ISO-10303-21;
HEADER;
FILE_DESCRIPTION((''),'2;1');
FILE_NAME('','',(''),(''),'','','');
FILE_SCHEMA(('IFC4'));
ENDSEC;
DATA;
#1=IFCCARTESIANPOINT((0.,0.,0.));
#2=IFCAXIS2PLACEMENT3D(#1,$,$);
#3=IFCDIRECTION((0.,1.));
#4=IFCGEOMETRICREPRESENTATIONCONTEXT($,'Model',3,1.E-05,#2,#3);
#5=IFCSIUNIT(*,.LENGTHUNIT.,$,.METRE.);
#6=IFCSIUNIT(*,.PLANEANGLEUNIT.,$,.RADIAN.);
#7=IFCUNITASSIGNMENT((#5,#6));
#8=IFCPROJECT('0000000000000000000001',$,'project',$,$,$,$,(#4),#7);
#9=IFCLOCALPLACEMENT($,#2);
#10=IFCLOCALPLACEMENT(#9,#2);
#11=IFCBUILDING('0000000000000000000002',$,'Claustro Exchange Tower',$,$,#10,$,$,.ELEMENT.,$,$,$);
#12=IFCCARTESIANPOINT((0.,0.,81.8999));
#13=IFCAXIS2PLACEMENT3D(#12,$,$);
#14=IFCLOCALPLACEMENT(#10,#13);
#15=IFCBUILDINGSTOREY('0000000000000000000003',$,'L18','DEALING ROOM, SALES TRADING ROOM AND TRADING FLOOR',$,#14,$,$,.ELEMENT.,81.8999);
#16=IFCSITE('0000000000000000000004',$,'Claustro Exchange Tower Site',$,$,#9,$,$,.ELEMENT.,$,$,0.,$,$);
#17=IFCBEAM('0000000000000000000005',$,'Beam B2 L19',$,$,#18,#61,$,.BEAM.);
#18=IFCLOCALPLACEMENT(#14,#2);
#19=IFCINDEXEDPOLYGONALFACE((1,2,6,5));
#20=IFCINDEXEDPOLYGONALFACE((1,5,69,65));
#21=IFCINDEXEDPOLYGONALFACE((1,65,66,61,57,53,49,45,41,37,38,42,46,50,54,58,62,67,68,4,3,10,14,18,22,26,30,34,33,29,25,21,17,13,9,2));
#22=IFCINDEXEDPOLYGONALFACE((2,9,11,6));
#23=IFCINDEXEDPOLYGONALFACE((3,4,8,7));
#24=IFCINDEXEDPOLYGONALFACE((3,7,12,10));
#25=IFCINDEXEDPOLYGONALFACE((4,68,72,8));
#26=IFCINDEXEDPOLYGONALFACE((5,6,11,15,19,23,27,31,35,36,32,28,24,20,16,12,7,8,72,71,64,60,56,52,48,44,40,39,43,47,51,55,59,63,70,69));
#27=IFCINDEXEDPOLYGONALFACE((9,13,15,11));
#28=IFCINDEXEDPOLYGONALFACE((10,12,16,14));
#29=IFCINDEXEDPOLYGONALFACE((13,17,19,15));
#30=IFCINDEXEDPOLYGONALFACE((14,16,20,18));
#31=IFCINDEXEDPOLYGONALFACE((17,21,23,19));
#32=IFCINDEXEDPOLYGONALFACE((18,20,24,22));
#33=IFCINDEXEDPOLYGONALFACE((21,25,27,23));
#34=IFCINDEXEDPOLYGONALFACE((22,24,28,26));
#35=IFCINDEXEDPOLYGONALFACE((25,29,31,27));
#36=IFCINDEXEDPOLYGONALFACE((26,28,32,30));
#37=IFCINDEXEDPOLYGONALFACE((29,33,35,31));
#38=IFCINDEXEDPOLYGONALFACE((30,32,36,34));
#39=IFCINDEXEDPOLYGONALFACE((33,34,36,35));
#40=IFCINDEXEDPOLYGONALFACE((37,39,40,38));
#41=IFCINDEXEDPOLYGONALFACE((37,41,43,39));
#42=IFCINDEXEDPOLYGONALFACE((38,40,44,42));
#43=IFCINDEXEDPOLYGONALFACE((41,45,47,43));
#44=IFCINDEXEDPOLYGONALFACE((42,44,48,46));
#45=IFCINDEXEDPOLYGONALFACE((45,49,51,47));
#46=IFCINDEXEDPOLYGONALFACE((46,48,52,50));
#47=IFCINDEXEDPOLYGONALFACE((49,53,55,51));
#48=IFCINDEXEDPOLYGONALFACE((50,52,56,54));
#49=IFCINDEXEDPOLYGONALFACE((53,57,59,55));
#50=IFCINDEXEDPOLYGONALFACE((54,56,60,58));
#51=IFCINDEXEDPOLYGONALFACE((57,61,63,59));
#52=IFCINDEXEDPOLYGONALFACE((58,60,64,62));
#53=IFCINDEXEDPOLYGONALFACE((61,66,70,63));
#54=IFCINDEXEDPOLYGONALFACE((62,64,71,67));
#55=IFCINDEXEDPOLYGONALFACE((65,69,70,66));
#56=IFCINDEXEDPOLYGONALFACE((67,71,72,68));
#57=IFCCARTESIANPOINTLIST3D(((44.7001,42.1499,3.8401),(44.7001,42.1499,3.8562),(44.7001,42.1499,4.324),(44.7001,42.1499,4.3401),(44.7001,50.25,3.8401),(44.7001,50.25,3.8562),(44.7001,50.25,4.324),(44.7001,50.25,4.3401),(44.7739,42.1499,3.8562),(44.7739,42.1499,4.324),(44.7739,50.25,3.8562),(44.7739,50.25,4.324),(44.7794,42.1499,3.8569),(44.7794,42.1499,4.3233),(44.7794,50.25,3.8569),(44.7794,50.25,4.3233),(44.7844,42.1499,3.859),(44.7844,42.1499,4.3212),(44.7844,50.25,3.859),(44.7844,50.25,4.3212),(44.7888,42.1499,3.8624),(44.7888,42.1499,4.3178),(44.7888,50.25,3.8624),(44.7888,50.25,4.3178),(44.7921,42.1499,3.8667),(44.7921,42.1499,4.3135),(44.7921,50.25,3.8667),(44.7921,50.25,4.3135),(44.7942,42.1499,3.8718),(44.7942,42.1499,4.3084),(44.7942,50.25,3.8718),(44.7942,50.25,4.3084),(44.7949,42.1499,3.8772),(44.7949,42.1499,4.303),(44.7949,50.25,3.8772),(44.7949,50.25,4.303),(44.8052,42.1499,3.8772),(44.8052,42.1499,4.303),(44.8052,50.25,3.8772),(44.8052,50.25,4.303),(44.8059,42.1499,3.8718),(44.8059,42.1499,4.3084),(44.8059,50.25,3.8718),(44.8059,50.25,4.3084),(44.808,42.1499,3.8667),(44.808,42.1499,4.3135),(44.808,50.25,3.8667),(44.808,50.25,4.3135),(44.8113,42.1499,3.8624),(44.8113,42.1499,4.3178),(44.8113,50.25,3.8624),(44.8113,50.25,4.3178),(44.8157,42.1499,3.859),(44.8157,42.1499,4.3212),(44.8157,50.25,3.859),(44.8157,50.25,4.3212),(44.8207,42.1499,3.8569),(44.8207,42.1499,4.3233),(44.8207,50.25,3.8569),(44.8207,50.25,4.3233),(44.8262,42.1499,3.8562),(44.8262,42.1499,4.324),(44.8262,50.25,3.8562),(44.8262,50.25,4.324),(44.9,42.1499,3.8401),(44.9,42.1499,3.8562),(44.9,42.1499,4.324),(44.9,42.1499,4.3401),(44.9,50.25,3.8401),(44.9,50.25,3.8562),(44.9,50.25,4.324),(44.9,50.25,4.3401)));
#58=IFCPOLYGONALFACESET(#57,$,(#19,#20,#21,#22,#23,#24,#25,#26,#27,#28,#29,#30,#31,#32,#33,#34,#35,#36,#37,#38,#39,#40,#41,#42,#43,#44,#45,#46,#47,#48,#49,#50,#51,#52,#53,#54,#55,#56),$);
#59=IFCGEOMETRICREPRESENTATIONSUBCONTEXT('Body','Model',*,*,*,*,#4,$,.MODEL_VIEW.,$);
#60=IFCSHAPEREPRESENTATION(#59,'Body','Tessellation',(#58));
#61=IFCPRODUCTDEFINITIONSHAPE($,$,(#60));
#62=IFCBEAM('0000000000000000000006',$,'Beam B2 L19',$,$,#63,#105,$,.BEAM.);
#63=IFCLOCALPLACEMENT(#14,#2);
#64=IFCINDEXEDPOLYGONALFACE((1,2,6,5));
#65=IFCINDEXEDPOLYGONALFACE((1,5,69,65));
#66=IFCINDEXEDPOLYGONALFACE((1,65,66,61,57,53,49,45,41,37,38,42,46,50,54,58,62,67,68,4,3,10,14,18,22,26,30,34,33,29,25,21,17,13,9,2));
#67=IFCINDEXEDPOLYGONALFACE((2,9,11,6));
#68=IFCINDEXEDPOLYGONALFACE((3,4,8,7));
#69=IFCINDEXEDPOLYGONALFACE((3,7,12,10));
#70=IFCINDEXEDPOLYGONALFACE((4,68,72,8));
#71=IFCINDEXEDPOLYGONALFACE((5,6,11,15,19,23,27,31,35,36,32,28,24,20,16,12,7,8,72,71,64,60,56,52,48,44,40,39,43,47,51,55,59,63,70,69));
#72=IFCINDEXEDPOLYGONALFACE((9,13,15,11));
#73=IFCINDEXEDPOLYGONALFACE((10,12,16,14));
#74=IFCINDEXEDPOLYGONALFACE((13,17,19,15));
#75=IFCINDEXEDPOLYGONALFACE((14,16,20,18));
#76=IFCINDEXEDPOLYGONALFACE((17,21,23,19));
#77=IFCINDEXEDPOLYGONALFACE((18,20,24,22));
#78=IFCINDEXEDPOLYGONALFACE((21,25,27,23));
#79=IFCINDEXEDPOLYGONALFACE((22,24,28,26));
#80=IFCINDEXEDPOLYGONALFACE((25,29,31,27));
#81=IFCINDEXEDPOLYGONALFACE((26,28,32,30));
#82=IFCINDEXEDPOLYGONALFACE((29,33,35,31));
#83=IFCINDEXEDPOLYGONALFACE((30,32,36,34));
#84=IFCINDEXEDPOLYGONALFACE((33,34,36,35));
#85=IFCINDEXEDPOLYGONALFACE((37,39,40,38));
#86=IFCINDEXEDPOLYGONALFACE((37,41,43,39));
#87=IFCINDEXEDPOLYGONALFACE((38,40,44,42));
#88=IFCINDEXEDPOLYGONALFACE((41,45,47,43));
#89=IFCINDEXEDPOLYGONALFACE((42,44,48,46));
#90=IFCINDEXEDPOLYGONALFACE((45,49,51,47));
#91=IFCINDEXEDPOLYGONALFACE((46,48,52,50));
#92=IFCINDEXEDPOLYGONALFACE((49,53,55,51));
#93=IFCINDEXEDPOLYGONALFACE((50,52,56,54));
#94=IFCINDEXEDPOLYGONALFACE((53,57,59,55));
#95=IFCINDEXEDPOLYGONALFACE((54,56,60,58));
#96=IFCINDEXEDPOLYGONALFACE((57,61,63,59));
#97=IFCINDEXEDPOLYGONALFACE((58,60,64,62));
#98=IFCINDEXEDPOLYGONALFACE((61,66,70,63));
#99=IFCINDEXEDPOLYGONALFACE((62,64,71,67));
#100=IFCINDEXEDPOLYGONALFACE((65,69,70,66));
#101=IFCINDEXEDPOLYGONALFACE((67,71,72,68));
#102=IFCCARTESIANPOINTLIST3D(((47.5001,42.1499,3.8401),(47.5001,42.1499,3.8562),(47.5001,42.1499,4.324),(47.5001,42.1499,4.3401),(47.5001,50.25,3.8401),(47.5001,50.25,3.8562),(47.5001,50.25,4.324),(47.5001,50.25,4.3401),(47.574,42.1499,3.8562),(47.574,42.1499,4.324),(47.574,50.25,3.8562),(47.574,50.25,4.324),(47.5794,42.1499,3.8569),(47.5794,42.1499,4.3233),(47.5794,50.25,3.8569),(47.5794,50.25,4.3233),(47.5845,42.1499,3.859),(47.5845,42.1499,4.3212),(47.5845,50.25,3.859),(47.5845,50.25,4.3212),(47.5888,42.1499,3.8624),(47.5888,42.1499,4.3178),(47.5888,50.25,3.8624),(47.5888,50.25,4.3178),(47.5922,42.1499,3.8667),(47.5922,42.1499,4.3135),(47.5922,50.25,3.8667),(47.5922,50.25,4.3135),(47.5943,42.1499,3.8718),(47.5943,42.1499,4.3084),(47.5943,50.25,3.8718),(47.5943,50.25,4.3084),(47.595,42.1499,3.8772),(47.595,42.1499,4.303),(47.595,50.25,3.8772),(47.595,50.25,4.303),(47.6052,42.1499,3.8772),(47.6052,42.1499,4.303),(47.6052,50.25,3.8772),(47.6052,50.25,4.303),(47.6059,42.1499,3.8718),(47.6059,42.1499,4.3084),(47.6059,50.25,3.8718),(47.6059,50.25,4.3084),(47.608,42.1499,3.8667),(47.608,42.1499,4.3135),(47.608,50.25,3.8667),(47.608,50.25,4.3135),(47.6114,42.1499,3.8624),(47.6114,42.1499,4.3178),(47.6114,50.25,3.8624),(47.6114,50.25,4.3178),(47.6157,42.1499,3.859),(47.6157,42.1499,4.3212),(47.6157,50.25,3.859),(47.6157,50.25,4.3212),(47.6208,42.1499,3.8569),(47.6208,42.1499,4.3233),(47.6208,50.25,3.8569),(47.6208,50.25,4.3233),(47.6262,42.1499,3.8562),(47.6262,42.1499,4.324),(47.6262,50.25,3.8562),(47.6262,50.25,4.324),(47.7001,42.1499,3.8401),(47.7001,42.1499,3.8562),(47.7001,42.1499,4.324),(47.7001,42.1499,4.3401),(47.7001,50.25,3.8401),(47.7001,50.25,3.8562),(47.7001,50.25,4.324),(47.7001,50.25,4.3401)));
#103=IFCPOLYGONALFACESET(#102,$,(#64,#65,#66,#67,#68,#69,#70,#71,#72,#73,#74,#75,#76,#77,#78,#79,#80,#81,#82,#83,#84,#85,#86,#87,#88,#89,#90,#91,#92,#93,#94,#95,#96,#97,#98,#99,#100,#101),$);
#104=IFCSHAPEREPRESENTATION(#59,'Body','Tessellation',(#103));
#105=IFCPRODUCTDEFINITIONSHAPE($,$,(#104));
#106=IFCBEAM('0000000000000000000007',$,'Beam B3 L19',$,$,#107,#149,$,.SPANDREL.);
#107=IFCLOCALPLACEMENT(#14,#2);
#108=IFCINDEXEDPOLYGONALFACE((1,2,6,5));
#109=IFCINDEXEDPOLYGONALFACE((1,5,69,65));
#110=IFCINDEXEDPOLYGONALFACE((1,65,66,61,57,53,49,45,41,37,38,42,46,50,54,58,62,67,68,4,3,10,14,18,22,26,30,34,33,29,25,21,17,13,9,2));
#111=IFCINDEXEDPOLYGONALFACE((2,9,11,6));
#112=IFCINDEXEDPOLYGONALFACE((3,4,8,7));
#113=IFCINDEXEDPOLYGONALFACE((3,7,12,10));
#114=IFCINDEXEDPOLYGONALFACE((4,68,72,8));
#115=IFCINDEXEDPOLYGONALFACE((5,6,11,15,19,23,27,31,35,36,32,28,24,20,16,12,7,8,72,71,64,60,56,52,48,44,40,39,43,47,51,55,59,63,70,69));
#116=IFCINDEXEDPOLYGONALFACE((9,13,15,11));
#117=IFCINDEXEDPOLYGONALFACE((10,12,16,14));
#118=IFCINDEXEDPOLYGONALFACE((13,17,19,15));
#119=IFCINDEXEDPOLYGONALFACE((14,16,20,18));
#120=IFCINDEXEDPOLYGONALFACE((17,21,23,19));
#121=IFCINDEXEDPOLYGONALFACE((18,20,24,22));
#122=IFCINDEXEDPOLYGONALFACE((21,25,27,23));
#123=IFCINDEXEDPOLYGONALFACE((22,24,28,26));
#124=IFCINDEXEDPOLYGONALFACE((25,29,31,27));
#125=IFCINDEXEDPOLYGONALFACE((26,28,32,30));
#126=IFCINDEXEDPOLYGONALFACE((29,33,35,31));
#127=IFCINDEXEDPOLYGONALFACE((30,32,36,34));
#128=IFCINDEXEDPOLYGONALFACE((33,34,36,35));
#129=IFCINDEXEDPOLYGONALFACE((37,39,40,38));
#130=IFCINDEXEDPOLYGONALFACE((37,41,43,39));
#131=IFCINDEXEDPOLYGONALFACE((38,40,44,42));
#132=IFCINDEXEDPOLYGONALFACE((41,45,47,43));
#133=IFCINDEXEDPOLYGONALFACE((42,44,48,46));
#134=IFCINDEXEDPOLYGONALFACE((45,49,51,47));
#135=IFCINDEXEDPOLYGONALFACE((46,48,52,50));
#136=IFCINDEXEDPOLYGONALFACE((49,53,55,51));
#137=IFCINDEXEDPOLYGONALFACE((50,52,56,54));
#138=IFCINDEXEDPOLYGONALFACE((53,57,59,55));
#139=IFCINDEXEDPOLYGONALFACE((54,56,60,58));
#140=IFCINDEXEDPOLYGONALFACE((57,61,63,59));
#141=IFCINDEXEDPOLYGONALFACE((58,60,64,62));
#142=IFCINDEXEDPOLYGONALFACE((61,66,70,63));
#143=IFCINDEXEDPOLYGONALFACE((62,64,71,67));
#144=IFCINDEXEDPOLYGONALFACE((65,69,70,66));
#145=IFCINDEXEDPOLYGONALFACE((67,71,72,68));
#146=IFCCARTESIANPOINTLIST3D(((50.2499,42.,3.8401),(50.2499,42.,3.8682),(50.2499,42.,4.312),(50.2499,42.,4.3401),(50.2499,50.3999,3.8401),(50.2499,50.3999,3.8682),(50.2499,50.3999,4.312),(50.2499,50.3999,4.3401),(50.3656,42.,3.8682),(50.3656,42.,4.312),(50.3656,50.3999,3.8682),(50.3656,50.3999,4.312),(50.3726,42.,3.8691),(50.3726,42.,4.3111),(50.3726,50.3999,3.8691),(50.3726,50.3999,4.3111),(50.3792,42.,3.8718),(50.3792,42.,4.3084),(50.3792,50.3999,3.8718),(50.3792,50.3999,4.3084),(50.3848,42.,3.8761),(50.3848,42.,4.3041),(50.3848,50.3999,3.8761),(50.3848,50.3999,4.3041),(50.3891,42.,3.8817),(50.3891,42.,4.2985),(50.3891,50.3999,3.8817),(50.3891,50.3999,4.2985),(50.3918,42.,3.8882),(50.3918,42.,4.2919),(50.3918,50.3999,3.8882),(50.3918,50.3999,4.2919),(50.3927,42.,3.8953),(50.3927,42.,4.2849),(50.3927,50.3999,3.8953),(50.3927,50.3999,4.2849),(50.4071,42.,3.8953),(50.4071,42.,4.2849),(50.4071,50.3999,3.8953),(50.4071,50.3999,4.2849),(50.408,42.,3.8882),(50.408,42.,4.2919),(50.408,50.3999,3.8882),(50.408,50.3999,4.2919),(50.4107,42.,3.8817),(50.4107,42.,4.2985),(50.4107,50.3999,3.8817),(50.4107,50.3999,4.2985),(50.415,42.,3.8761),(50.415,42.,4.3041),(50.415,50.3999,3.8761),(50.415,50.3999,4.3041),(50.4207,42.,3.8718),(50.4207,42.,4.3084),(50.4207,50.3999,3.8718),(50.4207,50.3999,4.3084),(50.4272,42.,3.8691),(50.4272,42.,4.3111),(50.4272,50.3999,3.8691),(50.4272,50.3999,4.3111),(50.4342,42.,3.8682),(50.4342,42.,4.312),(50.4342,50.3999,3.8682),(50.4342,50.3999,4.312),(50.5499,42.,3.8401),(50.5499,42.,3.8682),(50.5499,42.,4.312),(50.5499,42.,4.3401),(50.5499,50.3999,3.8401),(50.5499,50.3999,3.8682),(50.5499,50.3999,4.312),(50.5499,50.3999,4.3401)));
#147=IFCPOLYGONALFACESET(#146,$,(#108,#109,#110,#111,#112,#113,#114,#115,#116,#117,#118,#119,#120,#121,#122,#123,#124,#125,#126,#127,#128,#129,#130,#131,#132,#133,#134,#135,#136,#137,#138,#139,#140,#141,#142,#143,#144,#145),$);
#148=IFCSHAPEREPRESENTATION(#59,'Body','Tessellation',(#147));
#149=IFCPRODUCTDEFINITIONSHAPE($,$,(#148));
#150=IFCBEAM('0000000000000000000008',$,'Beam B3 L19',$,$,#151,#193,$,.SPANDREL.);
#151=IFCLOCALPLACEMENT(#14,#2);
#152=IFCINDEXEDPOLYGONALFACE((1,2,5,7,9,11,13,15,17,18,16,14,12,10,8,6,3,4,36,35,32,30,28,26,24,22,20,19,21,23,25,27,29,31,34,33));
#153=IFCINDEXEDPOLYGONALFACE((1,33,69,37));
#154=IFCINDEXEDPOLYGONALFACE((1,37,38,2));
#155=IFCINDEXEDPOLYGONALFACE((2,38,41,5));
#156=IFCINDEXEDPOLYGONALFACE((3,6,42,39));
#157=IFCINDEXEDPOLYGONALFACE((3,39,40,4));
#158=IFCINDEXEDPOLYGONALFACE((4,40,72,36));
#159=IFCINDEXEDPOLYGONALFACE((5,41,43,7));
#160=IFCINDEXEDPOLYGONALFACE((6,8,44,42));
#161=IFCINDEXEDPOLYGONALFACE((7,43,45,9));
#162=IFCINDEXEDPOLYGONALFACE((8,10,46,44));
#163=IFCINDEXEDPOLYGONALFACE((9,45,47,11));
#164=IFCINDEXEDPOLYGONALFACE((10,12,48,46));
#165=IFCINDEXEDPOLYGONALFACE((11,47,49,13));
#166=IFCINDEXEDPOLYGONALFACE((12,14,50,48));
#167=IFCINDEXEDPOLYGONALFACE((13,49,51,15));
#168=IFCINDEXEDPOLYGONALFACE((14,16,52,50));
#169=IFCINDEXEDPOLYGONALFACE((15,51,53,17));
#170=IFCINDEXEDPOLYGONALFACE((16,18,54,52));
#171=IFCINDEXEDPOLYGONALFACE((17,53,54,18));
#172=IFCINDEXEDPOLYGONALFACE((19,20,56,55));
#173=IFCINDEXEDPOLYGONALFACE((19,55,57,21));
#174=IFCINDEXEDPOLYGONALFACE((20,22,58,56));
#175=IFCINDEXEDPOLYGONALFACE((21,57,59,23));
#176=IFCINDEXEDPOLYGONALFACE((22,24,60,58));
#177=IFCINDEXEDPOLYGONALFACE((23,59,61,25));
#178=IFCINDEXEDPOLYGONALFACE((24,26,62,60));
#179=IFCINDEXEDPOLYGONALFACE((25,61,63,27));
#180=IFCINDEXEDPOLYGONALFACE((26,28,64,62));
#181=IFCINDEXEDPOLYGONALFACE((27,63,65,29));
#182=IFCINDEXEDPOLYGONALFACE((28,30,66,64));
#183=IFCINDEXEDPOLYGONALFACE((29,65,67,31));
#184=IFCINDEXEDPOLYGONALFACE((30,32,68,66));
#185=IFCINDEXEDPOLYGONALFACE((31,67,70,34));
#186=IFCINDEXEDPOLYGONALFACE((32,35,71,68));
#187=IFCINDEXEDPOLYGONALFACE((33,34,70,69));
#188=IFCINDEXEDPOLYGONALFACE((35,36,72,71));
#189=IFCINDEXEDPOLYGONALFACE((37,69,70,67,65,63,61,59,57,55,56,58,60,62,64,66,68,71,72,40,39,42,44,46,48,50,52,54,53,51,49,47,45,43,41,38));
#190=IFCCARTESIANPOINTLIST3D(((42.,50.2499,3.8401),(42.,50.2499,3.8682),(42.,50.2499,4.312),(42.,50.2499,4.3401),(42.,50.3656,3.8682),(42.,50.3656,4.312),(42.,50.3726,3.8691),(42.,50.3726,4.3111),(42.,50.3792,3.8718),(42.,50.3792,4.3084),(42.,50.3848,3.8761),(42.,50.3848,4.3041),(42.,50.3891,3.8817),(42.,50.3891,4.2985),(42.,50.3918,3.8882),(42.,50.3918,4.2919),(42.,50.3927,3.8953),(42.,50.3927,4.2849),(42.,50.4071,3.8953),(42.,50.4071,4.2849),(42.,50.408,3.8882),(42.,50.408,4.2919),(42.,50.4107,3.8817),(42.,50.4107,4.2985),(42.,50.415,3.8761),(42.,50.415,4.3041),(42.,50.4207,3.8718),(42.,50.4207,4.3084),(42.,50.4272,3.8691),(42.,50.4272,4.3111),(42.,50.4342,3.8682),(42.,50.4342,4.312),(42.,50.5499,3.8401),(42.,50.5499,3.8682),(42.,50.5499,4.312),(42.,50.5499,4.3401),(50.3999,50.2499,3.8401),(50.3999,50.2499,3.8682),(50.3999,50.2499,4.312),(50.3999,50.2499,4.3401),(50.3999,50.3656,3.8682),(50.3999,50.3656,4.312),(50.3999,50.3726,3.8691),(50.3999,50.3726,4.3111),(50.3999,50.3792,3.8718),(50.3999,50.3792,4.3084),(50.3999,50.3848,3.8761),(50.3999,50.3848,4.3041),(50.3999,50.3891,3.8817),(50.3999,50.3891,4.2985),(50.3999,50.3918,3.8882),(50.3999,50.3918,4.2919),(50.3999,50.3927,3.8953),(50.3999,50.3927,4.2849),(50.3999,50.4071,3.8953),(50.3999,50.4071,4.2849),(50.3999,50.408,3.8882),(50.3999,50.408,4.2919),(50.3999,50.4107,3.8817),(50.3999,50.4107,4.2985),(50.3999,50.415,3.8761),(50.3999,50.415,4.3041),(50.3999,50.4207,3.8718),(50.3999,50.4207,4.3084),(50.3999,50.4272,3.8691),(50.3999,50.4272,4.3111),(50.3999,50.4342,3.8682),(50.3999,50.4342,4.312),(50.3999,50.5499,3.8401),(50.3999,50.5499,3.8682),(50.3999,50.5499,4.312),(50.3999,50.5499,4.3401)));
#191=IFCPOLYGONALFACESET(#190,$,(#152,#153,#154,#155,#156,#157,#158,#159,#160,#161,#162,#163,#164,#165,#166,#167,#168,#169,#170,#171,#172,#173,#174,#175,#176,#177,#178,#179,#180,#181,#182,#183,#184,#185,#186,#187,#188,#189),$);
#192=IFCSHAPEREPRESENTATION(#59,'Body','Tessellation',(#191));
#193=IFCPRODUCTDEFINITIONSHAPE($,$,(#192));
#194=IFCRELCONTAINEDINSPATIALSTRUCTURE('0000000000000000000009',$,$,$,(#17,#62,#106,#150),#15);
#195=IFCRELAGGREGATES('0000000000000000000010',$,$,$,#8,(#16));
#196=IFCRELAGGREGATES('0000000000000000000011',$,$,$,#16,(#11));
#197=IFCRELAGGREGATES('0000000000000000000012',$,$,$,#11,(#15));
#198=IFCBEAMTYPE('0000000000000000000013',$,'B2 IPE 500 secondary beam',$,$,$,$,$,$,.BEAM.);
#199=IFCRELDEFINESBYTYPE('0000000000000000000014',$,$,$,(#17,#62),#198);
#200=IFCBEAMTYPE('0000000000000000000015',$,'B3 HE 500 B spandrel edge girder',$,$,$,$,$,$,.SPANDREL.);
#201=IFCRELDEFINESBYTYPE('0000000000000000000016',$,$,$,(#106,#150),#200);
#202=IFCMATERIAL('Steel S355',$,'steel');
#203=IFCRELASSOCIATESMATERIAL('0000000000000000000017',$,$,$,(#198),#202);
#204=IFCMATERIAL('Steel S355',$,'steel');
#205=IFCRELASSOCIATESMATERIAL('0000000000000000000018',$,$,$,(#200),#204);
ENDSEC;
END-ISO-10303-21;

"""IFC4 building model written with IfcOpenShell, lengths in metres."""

from ifc_helpers import new_model, si_unit, direction, frame, origin, origin_2d, place, context, subcontext, project, spatial, i_section, extrude, material, material_profile, profile_set, type_object, element, save


model = new_model("IFC4")

# Units and contexts
model_context = context("Model", 3, precision=1e-05, world=origin(), true_north=direction((0.0, 1.0)))
body_context = subcontext(model_context, "Body", "Model", "MODEL_VIEW")
ifc_project = project(units=[si_unit("LENGTHUNIT", "METRE"), si_unit("PLANEANGLEUNIT", "RADIAN")], contexts=[model_context])

# Site, building, storey
site_placement = place(None, origin())
site = spatial("IfcSite", under=ifc_project, at=site_placement, Name="Claustro Exchange Tower Site", CompositionType="ELEMENT", RefElevation=0.0)
building_placement = place(site_placement, origin())
building = spatial("IfcBuilding", under=site, at=building_placement, Name="Claustro Exchange Tower", CompositionType="ELEMENT")
storey_placement = place(building_placement, frame((0.0, 0.0, 81.8999)))
storey = spatial("IfcBuildingStorey", under=building, at=storey_placement, Name="L18", Description="DEALING ROOM, SALES TRADING ROOM AND TRADING FLOOR", CompositionType="ELEMENT", Elevation=81.8999)

# Beams
ifc_material_1 = material(Name="Steel S355", Category="steel")
ifc_material_profile_1 = material_profile(ifc_material_1, i_section(OverallWidth=0.2, OverallDepth=0.5, WebThickness=0.0103, FlangeThickness=0.0161, FilletRadius=0.021, at=origin_2d()), Name="IPE 500")
ifc_profile_set_1 = profile_set([ifc_material_profile_1], Name="Steel S355")
beam_type_1 = type_object("IfcBeamType", Name="B2 IPE 500 secondary beam", PredefinedType="BEAM", material=ifc_profile_set_1)
for number, where, z_axis, x_axis, name in (
    (1, (44.8, 42.1499, 4.0901), (0.0, 1.0, 0.0), (-1.0, 0.0, 0.0), "Beam B2 L19"),
    (2, (47.6001, 42.1499, 4.0901), (0.0, 1.0, 0.0), (-1.0, 0.0, 0.0), "Beam B2 L19"),
):
    element("IfcBeam", number, at=place(storey_placement, frame(where, z_axis=z_axis, x_axis=x_axis)), inside=storey, type_object=beam_type_1, Name=name, PredefinedType="BEAM", context=body_context, shape_type="SweptSolid", body=[
        extrude(i_section(OverallWidth=0.2, OverallDepth=0.5, WebThickness=0.0103, FlangeThickness=0.0161, FilletRadius=0.021, at=origin_2d()), origin(), (0.0, 0.0, 1.0), 8.1001),
    ])
ifc_material_2 = material(Name="Steel S355", Category="steel")
ifc_material_profile_2 = material_profile(ifc_material_2, i_section(OverallWidth=0.3, OverallDepth=0.5, WebThickness=0.0144, FlangeThickness=0.0281, FilletRadius=0.0271, at=origin_2d()), Name="HE 500 B")
ifc_profile_set_2 = profile_set([ifc_material_profile_2], Name="Steel S355")
beam_type_2 = type_object("IfcBeamType", Name="B3 HE 500 B spandrel edge girder", PredefinedType="SPANDREL", material=ifc_profile_set_2)
for number, where, z_axis, x_axis, name in (
    (3, (50.3999, 42.0, 4.0901), (0.0, 1.0, 0.0), (-1.0, 0.0, 0.0), "Beam B3 L19"),
    (4, (42.0, 50.3999, 4.0901), (1.0, 0.0, 0.0), (0.0, 1.0, 0.0), "Beam B3 L19"),
):
    element("IfcBeam", number, at=place(storey_placement, frame(where, z_axis=z_axis, x_axis=x_axis)), inside=storey, type_object=beam_type_2, Name=name, PredefinedType="SPANDREL", context=body_context, shape_type="SweptSolid", body=[
        extrude(i_section(OverallWidth=0.3, OverallDepth=0.5, WebThickness=0.0144, FlangeThickness=0.0281, FilletRadius=0.0271, at=origin_2d()), origin(), (0.0, 0.0, 1.0), 8.3999),
    ])

save(model, "model.ifc")
